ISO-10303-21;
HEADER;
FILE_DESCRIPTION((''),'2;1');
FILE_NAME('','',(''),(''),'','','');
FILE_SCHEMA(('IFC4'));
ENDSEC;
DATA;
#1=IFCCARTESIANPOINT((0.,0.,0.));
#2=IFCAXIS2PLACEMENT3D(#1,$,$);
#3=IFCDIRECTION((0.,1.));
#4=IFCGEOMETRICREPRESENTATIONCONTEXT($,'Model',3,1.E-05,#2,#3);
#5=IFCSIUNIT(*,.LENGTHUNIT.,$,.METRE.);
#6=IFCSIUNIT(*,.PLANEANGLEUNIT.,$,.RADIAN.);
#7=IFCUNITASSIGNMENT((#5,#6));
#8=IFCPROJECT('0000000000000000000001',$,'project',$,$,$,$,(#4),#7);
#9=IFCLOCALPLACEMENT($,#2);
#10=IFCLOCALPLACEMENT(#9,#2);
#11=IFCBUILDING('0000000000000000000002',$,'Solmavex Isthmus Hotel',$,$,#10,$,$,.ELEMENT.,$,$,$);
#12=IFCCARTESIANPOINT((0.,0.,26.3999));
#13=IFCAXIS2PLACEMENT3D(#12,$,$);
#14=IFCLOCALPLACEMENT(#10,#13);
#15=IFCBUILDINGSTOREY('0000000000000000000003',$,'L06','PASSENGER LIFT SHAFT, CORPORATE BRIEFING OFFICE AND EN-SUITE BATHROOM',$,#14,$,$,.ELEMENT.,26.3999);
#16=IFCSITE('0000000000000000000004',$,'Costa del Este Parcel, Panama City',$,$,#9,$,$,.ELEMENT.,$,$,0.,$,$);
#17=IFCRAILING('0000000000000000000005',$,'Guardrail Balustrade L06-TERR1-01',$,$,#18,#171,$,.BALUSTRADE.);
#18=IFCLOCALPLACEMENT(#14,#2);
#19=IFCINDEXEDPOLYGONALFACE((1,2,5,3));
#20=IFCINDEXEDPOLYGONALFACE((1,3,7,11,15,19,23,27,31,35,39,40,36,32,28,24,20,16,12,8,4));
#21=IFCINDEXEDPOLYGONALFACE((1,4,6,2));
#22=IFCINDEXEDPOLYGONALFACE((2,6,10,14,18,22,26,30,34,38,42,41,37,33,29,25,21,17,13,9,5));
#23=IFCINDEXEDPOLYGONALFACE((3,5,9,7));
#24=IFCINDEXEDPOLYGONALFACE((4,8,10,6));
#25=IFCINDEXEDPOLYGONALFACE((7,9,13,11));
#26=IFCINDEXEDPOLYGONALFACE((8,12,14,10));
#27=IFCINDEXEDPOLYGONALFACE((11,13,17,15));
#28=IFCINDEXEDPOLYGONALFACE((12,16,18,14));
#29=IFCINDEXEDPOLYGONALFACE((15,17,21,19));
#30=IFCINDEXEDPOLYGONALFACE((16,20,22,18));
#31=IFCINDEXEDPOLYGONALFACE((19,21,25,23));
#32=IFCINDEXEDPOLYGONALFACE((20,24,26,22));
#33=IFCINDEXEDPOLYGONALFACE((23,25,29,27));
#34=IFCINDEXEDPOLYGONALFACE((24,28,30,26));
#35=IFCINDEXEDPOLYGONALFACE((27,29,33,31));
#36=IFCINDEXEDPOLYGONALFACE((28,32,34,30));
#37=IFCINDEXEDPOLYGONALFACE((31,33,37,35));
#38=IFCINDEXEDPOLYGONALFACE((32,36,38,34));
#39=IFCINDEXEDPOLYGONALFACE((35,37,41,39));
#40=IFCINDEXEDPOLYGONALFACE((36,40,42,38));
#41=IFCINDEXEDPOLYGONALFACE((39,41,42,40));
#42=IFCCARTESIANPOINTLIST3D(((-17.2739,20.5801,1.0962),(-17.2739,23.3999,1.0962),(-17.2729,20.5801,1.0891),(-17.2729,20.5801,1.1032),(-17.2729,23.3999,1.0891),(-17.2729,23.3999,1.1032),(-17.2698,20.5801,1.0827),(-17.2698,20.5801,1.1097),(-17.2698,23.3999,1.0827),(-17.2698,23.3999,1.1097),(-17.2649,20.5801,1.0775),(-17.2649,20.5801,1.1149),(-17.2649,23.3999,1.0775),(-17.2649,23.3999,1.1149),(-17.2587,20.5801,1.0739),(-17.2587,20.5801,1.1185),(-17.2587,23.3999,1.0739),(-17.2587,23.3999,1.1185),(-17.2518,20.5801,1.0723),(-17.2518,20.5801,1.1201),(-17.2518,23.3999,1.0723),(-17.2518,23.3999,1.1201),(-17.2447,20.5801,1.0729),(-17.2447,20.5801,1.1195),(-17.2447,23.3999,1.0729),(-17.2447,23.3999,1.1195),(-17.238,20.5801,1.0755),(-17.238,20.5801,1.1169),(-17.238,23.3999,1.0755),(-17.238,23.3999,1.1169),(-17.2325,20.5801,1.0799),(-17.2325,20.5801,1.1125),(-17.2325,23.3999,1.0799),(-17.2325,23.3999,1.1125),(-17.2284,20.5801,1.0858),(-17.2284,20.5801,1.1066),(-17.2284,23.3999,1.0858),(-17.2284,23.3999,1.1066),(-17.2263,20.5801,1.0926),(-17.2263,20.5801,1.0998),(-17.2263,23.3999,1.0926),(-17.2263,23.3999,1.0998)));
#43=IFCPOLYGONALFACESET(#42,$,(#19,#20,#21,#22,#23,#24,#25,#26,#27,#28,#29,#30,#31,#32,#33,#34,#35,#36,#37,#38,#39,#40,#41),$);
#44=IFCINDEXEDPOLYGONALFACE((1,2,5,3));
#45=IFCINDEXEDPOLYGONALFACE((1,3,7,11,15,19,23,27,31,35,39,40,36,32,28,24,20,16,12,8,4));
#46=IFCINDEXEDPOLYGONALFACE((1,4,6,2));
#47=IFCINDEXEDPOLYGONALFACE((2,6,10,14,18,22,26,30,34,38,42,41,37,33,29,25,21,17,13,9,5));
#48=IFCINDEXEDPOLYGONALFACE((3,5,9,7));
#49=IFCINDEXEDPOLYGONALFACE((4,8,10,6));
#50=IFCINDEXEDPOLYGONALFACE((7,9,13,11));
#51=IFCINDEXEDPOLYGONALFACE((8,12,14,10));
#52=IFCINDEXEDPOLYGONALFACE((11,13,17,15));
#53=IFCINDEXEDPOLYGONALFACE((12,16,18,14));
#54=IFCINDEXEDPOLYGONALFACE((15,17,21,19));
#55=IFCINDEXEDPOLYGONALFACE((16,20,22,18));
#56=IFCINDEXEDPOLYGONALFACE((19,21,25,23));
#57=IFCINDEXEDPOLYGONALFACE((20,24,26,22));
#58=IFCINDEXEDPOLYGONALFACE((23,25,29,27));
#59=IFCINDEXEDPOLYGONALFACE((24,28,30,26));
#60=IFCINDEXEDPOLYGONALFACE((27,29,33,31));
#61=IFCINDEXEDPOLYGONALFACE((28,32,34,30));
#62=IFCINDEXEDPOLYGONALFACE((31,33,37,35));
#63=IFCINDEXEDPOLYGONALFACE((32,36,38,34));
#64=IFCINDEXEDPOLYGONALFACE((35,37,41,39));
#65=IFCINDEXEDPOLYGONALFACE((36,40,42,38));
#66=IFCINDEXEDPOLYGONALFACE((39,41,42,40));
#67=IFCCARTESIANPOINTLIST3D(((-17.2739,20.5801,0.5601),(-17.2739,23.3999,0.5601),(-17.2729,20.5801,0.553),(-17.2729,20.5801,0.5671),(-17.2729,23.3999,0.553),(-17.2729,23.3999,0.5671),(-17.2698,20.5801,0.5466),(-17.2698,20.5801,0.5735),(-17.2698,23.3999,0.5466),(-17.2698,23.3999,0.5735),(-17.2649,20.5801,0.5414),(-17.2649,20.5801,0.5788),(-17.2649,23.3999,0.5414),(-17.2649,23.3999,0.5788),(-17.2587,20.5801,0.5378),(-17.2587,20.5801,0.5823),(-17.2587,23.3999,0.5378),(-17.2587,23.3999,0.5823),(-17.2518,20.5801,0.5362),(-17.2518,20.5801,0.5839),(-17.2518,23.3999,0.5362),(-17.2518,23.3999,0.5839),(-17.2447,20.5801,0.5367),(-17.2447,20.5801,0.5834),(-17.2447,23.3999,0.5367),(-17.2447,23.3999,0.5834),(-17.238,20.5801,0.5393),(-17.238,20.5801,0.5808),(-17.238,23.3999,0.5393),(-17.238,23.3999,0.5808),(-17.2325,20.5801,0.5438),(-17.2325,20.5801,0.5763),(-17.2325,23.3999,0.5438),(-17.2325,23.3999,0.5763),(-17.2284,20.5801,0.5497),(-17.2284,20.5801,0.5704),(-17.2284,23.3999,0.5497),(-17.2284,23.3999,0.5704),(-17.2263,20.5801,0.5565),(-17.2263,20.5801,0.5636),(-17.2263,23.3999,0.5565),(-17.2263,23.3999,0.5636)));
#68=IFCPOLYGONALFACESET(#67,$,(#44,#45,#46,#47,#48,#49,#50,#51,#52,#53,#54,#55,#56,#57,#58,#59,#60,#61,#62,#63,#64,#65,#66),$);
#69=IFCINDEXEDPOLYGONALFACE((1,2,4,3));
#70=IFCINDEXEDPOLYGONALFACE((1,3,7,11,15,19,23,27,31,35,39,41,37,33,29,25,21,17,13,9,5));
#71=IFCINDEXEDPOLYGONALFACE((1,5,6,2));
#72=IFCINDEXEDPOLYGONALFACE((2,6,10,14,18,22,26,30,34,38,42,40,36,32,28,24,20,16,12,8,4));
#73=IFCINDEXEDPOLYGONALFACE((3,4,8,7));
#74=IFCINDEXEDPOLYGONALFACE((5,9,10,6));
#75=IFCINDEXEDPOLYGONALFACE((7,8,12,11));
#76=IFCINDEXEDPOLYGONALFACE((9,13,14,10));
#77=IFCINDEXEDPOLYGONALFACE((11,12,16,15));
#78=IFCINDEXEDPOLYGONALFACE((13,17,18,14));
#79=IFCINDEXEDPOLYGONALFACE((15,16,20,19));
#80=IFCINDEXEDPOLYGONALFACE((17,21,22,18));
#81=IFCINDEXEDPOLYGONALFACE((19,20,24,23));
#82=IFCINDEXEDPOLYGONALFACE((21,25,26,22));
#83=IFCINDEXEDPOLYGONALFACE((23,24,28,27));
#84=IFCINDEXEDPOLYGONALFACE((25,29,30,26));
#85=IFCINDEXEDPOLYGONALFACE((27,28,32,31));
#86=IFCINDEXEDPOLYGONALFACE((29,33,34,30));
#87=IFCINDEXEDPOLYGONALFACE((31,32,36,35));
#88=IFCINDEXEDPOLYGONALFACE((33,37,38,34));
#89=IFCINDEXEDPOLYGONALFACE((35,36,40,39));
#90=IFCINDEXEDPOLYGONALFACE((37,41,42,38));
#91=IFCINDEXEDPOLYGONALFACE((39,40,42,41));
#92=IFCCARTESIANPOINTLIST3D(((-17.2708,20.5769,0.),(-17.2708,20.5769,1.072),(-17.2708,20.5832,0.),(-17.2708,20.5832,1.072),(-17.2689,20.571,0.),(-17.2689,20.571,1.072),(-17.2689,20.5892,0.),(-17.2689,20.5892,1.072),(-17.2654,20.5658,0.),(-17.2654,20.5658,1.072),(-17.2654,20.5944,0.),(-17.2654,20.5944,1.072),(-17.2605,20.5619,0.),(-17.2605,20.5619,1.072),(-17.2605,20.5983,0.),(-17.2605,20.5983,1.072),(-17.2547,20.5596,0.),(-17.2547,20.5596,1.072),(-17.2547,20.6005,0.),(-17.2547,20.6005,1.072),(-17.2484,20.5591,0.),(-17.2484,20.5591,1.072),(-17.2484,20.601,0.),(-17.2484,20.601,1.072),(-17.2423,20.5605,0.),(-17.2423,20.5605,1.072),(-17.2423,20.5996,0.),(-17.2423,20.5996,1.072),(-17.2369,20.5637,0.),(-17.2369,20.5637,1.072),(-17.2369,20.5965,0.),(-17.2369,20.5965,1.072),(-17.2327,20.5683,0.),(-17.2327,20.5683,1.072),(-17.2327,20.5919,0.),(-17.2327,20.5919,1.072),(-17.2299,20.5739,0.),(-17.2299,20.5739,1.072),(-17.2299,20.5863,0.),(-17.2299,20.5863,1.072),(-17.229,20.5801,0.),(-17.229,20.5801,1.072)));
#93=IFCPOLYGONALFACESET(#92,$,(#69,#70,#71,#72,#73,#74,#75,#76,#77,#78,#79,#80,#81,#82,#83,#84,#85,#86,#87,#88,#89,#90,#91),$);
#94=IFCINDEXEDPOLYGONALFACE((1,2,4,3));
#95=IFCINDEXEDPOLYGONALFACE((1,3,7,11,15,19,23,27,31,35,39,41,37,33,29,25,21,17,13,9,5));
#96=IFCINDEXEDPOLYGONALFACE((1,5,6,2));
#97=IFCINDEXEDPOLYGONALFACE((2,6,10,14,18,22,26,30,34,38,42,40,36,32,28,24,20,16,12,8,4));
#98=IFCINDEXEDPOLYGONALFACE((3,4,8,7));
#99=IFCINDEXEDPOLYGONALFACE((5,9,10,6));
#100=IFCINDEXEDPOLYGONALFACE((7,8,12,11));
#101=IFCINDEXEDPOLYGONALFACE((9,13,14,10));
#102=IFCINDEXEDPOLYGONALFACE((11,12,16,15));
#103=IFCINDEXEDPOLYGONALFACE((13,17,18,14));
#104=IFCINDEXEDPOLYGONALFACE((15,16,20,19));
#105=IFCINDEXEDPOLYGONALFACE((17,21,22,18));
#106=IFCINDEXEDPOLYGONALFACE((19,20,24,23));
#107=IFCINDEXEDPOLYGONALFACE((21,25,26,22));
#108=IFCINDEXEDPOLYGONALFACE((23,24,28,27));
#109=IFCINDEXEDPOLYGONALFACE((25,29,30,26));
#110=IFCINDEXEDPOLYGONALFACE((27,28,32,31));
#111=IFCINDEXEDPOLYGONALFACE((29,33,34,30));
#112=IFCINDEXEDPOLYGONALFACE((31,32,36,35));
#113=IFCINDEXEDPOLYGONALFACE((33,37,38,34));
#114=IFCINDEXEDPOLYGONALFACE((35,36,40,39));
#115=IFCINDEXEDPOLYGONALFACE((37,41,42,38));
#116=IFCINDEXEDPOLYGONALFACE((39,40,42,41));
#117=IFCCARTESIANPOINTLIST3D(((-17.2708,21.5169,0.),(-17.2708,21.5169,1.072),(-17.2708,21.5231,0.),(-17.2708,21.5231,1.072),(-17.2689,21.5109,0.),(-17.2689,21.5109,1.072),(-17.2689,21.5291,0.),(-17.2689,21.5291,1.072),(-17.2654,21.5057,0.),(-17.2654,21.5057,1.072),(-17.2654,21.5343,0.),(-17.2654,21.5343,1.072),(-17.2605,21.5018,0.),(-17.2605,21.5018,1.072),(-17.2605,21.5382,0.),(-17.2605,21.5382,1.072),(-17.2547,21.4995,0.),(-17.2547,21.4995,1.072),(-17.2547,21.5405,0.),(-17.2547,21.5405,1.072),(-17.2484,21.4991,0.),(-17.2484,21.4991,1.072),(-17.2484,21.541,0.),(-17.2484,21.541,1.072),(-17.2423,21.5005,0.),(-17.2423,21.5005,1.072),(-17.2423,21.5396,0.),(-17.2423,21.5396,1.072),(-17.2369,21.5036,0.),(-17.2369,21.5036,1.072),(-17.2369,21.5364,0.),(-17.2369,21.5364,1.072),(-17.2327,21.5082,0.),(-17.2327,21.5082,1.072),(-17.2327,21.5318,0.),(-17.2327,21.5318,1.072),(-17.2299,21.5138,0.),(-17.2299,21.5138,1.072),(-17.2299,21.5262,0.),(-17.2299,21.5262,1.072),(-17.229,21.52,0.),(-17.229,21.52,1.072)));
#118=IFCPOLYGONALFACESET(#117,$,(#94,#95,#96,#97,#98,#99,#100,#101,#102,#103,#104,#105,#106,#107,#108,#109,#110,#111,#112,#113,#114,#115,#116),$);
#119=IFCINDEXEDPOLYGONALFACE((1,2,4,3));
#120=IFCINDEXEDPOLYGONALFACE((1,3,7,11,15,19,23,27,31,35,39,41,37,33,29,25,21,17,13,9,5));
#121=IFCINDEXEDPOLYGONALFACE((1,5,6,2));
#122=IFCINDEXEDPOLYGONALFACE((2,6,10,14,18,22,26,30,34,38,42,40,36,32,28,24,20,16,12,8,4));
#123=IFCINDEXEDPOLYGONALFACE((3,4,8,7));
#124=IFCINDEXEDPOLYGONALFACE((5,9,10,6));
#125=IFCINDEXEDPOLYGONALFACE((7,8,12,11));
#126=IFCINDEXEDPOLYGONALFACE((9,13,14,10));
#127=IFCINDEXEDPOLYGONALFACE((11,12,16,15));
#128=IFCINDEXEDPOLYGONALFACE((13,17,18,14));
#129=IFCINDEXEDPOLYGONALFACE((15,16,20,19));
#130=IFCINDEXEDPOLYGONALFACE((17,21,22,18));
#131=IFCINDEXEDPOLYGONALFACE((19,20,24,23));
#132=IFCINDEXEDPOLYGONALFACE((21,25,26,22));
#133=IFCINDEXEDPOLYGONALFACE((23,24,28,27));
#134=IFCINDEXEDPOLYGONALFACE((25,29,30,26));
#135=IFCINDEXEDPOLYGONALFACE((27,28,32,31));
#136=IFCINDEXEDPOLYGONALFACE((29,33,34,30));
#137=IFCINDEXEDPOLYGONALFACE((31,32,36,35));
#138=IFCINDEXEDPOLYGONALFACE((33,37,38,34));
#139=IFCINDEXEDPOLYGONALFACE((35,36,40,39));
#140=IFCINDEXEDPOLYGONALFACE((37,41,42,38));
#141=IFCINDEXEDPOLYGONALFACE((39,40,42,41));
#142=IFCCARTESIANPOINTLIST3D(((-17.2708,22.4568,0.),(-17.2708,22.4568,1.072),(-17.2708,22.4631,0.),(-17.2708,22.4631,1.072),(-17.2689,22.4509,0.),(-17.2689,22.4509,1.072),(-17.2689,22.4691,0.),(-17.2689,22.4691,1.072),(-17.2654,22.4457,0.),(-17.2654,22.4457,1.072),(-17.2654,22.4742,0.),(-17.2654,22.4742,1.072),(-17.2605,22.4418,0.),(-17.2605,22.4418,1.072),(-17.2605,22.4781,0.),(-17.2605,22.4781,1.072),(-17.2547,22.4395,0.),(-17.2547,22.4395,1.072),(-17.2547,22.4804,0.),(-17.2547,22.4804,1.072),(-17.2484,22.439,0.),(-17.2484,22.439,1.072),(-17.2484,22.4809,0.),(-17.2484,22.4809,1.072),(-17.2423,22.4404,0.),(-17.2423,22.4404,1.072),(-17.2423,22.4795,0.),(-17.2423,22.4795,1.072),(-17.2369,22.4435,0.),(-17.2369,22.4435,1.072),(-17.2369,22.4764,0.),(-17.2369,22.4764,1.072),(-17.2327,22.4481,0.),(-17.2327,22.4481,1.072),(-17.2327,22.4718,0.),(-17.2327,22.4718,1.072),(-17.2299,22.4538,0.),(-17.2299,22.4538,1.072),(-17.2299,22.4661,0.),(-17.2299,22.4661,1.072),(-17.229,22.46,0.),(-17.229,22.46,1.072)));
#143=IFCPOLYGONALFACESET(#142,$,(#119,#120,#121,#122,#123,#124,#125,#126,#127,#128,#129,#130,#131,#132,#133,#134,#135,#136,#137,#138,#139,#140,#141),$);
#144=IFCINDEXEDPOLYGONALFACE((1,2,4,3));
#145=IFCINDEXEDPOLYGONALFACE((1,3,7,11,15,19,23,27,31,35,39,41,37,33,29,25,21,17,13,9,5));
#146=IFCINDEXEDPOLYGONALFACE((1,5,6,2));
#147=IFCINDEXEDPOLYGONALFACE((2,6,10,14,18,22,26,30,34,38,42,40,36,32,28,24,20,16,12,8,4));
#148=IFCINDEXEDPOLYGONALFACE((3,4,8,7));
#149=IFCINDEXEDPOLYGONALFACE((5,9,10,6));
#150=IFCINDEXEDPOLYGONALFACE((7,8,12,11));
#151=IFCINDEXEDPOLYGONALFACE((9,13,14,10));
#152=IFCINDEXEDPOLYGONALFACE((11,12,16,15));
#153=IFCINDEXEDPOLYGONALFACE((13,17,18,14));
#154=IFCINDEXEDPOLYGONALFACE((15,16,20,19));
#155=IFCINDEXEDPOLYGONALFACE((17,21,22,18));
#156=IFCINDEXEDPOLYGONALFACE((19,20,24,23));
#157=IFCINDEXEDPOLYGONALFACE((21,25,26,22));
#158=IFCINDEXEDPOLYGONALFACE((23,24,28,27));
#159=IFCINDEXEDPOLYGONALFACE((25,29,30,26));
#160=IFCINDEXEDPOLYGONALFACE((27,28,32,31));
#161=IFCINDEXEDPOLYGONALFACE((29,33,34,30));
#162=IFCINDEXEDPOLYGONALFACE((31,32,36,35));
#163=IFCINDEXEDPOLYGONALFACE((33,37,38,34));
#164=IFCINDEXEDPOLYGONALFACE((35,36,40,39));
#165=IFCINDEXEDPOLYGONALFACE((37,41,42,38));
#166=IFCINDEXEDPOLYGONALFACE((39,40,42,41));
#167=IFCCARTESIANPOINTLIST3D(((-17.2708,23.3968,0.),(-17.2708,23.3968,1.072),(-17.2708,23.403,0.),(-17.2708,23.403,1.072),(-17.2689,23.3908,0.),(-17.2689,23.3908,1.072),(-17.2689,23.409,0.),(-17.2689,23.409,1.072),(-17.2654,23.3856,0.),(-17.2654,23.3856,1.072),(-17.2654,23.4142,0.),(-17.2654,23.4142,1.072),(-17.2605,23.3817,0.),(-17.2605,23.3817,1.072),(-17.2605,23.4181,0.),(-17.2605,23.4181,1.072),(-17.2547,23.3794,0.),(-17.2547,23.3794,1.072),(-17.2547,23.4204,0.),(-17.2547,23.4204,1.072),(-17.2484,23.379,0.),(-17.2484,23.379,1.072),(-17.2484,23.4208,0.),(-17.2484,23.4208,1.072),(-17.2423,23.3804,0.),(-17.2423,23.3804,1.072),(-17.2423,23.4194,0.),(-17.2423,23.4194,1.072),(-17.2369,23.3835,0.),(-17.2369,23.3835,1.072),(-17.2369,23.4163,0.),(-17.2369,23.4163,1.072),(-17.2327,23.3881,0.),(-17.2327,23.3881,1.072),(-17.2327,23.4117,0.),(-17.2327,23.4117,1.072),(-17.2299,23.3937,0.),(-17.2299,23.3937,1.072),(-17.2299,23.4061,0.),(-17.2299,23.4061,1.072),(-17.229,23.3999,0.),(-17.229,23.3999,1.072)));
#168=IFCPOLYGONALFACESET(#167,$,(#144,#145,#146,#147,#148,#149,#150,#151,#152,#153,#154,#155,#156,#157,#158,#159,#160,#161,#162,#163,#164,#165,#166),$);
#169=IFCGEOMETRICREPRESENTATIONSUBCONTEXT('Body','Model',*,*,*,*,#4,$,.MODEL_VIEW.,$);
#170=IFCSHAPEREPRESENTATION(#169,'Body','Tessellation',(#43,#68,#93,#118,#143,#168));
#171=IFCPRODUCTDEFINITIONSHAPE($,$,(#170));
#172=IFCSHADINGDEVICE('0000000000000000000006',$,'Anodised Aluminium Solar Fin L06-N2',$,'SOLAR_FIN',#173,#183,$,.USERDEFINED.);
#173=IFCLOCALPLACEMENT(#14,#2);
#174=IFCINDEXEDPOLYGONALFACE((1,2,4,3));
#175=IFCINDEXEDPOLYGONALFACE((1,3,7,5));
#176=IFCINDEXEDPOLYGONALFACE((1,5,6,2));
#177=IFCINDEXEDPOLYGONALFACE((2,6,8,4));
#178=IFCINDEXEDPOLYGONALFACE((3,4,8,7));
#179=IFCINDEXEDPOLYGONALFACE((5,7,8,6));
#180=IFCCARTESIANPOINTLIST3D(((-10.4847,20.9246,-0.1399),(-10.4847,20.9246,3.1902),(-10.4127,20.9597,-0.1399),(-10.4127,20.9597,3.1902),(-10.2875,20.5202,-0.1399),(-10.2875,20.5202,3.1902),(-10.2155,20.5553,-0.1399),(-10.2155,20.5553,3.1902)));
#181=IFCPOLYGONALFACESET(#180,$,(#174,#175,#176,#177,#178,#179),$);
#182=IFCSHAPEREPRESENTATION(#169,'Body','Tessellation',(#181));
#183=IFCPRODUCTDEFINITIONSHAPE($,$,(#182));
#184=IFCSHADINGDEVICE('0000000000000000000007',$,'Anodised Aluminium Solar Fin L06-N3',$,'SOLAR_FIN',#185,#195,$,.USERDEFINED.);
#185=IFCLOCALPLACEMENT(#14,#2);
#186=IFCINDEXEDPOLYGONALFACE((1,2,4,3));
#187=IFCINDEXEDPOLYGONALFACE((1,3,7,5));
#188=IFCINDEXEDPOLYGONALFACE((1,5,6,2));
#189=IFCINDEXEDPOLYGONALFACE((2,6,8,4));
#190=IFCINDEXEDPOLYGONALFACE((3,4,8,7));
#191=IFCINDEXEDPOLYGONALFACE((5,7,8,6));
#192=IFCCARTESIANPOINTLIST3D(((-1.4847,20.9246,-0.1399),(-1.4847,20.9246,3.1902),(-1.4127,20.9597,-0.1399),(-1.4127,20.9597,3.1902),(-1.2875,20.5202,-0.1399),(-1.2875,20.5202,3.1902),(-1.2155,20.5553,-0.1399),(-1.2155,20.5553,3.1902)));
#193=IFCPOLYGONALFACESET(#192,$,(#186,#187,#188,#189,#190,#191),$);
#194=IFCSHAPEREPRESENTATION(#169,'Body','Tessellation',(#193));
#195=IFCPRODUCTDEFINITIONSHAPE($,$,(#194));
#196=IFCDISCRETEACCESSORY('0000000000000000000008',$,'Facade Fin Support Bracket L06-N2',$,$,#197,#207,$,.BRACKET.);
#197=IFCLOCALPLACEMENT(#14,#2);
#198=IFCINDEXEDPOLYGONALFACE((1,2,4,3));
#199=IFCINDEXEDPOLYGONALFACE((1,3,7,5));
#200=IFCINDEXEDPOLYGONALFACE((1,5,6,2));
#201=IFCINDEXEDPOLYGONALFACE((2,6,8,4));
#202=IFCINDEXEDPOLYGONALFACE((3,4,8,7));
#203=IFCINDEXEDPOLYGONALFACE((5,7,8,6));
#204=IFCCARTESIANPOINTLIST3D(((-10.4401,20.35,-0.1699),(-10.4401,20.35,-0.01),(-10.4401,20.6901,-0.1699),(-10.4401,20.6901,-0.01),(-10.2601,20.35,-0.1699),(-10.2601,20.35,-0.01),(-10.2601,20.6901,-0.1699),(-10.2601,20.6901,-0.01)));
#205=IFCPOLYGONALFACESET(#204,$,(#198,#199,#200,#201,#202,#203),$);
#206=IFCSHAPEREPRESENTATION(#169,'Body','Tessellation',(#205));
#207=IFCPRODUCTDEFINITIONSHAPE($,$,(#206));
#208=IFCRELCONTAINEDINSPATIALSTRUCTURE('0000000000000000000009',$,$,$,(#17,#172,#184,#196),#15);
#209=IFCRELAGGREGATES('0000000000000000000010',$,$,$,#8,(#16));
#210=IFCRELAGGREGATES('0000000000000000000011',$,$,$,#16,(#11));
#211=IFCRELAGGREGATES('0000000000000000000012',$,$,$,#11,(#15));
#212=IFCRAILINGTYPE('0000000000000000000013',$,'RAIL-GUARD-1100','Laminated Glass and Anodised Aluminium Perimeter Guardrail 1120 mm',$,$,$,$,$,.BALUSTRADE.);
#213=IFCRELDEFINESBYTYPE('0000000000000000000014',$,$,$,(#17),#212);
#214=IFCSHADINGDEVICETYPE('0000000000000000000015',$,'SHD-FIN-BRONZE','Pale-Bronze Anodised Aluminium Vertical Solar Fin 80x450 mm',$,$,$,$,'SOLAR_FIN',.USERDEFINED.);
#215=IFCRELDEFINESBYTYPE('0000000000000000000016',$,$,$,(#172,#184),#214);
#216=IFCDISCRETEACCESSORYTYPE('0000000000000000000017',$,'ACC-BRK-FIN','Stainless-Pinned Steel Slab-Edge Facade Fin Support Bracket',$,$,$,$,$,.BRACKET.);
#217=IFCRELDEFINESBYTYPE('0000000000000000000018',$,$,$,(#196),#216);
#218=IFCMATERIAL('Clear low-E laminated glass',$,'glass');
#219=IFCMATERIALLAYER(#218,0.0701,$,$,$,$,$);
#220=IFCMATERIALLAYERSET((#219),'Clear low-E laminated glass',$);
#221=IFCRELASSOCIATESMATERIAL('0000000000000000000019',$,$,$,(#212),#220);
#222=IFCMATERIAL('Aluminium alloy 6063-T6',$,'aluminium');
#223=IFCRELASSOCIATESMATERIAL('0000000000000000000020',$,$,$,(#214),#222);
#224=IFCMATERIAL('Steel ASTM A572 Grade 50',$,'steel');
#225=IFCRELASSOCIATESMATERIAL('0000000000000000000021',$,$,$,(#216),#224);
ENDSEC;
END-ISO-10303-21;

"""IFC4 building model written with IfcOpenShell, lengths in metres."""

from ifc_helpers import new_model, si_unit, direction, frame, origin, origin_2d, place, context, subcontext, project, spatial, rectangle, circle, extrude, material, layer, layer_set, type_object, element, save


model = new_model("IFC4")

# Units and contexts
model_context = context("Model", 3, precision=1e-05, world=origin(), true_north=direction((0.0, 1.0)))
body_context = subcontext(model_context, "Body", "Model", "MODEL_VIEW")
ifc_project = project(units=[si_unit("LENGTHUNIT", "METRE"), si_unit("PLANEANGLEUNIT", "RADIAN")], contexts=[model_context])

# Site, building, storey
site_placement = place(None, origin())
site = spatial("IfcSite", under=ifc_project, at=site_placement, Name="Costa del Este Parcel, Panama City", CompositionType="ELEMENT", RefElevation=0.0)
building_placement = place(site_placement, origin())
building = spatial("IfcBuilding", under=site, at=building_placement, Name="Solmavex Isthmus Hotel", CompositionType="ELEMENT")
storey_placement = place(building_placement, frame((0.0, 0.0, 26.3999)))
storey = spatial("IfcBuildingStorey", under=building, at=storey_placement, Name="L06", Description="PASSENGER LIFT SHAFT, CORPORATE BRIEFING OFFICE AND EN-SUITE BATHROOM", CompositionType="ELEMENT", Elevation=26.3999)

# Shared definitions
ifc_material_1 = material(Name="Steel ASTM A572 Grade 50", Category="steel")

# Shared definitions
ifc_material_2 = material(Name="Aluminium alloy 6063-T6", Category="aluminium")

# Shared definitions
ifc_material_3 = material(Name="Clear low-E laminated glass", Category="glass")

# Railing
ifc_layer_1 = layer(ifc_material_3, 0.0701)
ifc_layer_set_1 = layer_set([ifc_layer_1], Name="Clear low-E laminated glass")
railing_type = type_object("IfcRailingType", Name="RAIL-GUARD-1100", Description="Laminated Glass and Anodised Aluminium Perimeter Guardrail 1120 mm", PredefinedType="BALUSTRADE", material=ifc_layer_set_1)
railing_1_placement = place(storey_placement, frame((-17.25, 20.5801, 0.0)))
element("IfcRailing", 1, at=railing_1_placement, inside=storey, type_object=railing_type, Name="Guardrail Balustrade L06-TERR1-01", PredefinedType="BALUSTRADE", context=body_context, shape_type="SweptSolid", body=[
    extrude(circle(Radius=0.0239, at=origin_2d()), frame((0.0, 0.0, 1.0962), z_axis=(0.0, 1.0, 0.0), x_axis=(-1.0, 0.0, 0.0)), (0.0, 0.0, 1.0), 2.8198),
    extrude(circle(Radius=0.0239, at=origin_2d()), frame((0.0, 0.0, 0.5601), z_axis=(0.0, 1.0, 0.0), x_axis=(-1.0, 0.0, 0.0)), (0.0, 0.0, 1.0), 2.8198),
    extrude(circle(Radius=0.021, at=origin_2d()), origin(), (0.0, 0.0, 1.0), 1.072),
    extrude(circle(Radius=0.021, at=origin_2d()), frame((0.0, 0.9399, 0.0)), (0.0, 0.0, 1.0), 1.072),
    extrude(circle(Radius=0.021, at=origin_2d()), frame((0.0, 1.8799, 0.0)), (0.0, 0.0, 1.0), 1.072),
    extrude(circle(Radius=0.021, at=origin_2d()), frame((0.0, 2.8198, 0.0)), (0.0, 0.0, 1.0), 1.072),
])

# Shading devices
shading_device_type = type_object("IfcShadingDeviceType", Name="SHD-FIN-BRONZE", Description="Pale-Bronze Anodised Aluminium Vertical Solar Fin 80x450 mm", ElementType="SOLAR_FIN", PredefinedType="USERDEFINED", material=ifc_material_2)
for number, where, z_axis, x_axis, name in (
    (2, (-10.3501, 20.74, -0.1399), (0.0, 0.0, 1.0), (-0.438371, 0.898794, 0.0), "Anodised Aluminium Solar Fin L06-N2"),
    (3, (-1.3501, 20.74, -0.1399), (0.0, 0.0, 1.0), (-0.438371, 0.898794, 0.0), "Anodised Aluminium Solar Fin L06-N3"),
):
    element("IfcShadingDevice", number, at=place(storey_placement, frame(where, z_axis=z_axis, x_axis=x_axis)), inside=storey, type_object=shading_device_type, Name=name, ObjectType="SOLAR_FIN", PredefinedType="USERDEFINED", context=body_context, shape_type="SweptSolid", body=[
        extrude(rectangle(XDim=0.45, YDim=0.0801, at=origin_2d()), origin(), (0.0, 0.0, 1.0), 3.3301),
    ])

# Discrete accessory
discrete_accessory_type = type_object("IfcDiscreteAccessoryType", Name="ACC-BRK-FIN", Description="Stainless-Pinned Steel Slab-Edge Facade Fin Support Bracket", PredefinedType="BRACKET", material=ifc_material_1)
for number, where, z_axis, x_axis, name in (
    (4, (-10.3501, 20.52, -0.1699), (0.0, 0.0, 1.0), (0.0, 1.0, 0.0), "Facade Fin Support Bracket L06-N2"),
):
    element("IfcDiscreteAccessory", number, at=place(storey_placement, frame(where, z_axis=z_axis, x_axis=x_axis)), inside=storey, type_object=discrete_accessory_type, Name=name, PredefinedType="BRACKET", context=body_context, shape_type="SweptSolid", body=[
        extrude(rectangle(XDim=0.3401, YDim=0.1799, at=origin_2d()), origin(), (0.0, 0.0, 1.0), 0.1599),
    ])

save(model, "model.ifc")
